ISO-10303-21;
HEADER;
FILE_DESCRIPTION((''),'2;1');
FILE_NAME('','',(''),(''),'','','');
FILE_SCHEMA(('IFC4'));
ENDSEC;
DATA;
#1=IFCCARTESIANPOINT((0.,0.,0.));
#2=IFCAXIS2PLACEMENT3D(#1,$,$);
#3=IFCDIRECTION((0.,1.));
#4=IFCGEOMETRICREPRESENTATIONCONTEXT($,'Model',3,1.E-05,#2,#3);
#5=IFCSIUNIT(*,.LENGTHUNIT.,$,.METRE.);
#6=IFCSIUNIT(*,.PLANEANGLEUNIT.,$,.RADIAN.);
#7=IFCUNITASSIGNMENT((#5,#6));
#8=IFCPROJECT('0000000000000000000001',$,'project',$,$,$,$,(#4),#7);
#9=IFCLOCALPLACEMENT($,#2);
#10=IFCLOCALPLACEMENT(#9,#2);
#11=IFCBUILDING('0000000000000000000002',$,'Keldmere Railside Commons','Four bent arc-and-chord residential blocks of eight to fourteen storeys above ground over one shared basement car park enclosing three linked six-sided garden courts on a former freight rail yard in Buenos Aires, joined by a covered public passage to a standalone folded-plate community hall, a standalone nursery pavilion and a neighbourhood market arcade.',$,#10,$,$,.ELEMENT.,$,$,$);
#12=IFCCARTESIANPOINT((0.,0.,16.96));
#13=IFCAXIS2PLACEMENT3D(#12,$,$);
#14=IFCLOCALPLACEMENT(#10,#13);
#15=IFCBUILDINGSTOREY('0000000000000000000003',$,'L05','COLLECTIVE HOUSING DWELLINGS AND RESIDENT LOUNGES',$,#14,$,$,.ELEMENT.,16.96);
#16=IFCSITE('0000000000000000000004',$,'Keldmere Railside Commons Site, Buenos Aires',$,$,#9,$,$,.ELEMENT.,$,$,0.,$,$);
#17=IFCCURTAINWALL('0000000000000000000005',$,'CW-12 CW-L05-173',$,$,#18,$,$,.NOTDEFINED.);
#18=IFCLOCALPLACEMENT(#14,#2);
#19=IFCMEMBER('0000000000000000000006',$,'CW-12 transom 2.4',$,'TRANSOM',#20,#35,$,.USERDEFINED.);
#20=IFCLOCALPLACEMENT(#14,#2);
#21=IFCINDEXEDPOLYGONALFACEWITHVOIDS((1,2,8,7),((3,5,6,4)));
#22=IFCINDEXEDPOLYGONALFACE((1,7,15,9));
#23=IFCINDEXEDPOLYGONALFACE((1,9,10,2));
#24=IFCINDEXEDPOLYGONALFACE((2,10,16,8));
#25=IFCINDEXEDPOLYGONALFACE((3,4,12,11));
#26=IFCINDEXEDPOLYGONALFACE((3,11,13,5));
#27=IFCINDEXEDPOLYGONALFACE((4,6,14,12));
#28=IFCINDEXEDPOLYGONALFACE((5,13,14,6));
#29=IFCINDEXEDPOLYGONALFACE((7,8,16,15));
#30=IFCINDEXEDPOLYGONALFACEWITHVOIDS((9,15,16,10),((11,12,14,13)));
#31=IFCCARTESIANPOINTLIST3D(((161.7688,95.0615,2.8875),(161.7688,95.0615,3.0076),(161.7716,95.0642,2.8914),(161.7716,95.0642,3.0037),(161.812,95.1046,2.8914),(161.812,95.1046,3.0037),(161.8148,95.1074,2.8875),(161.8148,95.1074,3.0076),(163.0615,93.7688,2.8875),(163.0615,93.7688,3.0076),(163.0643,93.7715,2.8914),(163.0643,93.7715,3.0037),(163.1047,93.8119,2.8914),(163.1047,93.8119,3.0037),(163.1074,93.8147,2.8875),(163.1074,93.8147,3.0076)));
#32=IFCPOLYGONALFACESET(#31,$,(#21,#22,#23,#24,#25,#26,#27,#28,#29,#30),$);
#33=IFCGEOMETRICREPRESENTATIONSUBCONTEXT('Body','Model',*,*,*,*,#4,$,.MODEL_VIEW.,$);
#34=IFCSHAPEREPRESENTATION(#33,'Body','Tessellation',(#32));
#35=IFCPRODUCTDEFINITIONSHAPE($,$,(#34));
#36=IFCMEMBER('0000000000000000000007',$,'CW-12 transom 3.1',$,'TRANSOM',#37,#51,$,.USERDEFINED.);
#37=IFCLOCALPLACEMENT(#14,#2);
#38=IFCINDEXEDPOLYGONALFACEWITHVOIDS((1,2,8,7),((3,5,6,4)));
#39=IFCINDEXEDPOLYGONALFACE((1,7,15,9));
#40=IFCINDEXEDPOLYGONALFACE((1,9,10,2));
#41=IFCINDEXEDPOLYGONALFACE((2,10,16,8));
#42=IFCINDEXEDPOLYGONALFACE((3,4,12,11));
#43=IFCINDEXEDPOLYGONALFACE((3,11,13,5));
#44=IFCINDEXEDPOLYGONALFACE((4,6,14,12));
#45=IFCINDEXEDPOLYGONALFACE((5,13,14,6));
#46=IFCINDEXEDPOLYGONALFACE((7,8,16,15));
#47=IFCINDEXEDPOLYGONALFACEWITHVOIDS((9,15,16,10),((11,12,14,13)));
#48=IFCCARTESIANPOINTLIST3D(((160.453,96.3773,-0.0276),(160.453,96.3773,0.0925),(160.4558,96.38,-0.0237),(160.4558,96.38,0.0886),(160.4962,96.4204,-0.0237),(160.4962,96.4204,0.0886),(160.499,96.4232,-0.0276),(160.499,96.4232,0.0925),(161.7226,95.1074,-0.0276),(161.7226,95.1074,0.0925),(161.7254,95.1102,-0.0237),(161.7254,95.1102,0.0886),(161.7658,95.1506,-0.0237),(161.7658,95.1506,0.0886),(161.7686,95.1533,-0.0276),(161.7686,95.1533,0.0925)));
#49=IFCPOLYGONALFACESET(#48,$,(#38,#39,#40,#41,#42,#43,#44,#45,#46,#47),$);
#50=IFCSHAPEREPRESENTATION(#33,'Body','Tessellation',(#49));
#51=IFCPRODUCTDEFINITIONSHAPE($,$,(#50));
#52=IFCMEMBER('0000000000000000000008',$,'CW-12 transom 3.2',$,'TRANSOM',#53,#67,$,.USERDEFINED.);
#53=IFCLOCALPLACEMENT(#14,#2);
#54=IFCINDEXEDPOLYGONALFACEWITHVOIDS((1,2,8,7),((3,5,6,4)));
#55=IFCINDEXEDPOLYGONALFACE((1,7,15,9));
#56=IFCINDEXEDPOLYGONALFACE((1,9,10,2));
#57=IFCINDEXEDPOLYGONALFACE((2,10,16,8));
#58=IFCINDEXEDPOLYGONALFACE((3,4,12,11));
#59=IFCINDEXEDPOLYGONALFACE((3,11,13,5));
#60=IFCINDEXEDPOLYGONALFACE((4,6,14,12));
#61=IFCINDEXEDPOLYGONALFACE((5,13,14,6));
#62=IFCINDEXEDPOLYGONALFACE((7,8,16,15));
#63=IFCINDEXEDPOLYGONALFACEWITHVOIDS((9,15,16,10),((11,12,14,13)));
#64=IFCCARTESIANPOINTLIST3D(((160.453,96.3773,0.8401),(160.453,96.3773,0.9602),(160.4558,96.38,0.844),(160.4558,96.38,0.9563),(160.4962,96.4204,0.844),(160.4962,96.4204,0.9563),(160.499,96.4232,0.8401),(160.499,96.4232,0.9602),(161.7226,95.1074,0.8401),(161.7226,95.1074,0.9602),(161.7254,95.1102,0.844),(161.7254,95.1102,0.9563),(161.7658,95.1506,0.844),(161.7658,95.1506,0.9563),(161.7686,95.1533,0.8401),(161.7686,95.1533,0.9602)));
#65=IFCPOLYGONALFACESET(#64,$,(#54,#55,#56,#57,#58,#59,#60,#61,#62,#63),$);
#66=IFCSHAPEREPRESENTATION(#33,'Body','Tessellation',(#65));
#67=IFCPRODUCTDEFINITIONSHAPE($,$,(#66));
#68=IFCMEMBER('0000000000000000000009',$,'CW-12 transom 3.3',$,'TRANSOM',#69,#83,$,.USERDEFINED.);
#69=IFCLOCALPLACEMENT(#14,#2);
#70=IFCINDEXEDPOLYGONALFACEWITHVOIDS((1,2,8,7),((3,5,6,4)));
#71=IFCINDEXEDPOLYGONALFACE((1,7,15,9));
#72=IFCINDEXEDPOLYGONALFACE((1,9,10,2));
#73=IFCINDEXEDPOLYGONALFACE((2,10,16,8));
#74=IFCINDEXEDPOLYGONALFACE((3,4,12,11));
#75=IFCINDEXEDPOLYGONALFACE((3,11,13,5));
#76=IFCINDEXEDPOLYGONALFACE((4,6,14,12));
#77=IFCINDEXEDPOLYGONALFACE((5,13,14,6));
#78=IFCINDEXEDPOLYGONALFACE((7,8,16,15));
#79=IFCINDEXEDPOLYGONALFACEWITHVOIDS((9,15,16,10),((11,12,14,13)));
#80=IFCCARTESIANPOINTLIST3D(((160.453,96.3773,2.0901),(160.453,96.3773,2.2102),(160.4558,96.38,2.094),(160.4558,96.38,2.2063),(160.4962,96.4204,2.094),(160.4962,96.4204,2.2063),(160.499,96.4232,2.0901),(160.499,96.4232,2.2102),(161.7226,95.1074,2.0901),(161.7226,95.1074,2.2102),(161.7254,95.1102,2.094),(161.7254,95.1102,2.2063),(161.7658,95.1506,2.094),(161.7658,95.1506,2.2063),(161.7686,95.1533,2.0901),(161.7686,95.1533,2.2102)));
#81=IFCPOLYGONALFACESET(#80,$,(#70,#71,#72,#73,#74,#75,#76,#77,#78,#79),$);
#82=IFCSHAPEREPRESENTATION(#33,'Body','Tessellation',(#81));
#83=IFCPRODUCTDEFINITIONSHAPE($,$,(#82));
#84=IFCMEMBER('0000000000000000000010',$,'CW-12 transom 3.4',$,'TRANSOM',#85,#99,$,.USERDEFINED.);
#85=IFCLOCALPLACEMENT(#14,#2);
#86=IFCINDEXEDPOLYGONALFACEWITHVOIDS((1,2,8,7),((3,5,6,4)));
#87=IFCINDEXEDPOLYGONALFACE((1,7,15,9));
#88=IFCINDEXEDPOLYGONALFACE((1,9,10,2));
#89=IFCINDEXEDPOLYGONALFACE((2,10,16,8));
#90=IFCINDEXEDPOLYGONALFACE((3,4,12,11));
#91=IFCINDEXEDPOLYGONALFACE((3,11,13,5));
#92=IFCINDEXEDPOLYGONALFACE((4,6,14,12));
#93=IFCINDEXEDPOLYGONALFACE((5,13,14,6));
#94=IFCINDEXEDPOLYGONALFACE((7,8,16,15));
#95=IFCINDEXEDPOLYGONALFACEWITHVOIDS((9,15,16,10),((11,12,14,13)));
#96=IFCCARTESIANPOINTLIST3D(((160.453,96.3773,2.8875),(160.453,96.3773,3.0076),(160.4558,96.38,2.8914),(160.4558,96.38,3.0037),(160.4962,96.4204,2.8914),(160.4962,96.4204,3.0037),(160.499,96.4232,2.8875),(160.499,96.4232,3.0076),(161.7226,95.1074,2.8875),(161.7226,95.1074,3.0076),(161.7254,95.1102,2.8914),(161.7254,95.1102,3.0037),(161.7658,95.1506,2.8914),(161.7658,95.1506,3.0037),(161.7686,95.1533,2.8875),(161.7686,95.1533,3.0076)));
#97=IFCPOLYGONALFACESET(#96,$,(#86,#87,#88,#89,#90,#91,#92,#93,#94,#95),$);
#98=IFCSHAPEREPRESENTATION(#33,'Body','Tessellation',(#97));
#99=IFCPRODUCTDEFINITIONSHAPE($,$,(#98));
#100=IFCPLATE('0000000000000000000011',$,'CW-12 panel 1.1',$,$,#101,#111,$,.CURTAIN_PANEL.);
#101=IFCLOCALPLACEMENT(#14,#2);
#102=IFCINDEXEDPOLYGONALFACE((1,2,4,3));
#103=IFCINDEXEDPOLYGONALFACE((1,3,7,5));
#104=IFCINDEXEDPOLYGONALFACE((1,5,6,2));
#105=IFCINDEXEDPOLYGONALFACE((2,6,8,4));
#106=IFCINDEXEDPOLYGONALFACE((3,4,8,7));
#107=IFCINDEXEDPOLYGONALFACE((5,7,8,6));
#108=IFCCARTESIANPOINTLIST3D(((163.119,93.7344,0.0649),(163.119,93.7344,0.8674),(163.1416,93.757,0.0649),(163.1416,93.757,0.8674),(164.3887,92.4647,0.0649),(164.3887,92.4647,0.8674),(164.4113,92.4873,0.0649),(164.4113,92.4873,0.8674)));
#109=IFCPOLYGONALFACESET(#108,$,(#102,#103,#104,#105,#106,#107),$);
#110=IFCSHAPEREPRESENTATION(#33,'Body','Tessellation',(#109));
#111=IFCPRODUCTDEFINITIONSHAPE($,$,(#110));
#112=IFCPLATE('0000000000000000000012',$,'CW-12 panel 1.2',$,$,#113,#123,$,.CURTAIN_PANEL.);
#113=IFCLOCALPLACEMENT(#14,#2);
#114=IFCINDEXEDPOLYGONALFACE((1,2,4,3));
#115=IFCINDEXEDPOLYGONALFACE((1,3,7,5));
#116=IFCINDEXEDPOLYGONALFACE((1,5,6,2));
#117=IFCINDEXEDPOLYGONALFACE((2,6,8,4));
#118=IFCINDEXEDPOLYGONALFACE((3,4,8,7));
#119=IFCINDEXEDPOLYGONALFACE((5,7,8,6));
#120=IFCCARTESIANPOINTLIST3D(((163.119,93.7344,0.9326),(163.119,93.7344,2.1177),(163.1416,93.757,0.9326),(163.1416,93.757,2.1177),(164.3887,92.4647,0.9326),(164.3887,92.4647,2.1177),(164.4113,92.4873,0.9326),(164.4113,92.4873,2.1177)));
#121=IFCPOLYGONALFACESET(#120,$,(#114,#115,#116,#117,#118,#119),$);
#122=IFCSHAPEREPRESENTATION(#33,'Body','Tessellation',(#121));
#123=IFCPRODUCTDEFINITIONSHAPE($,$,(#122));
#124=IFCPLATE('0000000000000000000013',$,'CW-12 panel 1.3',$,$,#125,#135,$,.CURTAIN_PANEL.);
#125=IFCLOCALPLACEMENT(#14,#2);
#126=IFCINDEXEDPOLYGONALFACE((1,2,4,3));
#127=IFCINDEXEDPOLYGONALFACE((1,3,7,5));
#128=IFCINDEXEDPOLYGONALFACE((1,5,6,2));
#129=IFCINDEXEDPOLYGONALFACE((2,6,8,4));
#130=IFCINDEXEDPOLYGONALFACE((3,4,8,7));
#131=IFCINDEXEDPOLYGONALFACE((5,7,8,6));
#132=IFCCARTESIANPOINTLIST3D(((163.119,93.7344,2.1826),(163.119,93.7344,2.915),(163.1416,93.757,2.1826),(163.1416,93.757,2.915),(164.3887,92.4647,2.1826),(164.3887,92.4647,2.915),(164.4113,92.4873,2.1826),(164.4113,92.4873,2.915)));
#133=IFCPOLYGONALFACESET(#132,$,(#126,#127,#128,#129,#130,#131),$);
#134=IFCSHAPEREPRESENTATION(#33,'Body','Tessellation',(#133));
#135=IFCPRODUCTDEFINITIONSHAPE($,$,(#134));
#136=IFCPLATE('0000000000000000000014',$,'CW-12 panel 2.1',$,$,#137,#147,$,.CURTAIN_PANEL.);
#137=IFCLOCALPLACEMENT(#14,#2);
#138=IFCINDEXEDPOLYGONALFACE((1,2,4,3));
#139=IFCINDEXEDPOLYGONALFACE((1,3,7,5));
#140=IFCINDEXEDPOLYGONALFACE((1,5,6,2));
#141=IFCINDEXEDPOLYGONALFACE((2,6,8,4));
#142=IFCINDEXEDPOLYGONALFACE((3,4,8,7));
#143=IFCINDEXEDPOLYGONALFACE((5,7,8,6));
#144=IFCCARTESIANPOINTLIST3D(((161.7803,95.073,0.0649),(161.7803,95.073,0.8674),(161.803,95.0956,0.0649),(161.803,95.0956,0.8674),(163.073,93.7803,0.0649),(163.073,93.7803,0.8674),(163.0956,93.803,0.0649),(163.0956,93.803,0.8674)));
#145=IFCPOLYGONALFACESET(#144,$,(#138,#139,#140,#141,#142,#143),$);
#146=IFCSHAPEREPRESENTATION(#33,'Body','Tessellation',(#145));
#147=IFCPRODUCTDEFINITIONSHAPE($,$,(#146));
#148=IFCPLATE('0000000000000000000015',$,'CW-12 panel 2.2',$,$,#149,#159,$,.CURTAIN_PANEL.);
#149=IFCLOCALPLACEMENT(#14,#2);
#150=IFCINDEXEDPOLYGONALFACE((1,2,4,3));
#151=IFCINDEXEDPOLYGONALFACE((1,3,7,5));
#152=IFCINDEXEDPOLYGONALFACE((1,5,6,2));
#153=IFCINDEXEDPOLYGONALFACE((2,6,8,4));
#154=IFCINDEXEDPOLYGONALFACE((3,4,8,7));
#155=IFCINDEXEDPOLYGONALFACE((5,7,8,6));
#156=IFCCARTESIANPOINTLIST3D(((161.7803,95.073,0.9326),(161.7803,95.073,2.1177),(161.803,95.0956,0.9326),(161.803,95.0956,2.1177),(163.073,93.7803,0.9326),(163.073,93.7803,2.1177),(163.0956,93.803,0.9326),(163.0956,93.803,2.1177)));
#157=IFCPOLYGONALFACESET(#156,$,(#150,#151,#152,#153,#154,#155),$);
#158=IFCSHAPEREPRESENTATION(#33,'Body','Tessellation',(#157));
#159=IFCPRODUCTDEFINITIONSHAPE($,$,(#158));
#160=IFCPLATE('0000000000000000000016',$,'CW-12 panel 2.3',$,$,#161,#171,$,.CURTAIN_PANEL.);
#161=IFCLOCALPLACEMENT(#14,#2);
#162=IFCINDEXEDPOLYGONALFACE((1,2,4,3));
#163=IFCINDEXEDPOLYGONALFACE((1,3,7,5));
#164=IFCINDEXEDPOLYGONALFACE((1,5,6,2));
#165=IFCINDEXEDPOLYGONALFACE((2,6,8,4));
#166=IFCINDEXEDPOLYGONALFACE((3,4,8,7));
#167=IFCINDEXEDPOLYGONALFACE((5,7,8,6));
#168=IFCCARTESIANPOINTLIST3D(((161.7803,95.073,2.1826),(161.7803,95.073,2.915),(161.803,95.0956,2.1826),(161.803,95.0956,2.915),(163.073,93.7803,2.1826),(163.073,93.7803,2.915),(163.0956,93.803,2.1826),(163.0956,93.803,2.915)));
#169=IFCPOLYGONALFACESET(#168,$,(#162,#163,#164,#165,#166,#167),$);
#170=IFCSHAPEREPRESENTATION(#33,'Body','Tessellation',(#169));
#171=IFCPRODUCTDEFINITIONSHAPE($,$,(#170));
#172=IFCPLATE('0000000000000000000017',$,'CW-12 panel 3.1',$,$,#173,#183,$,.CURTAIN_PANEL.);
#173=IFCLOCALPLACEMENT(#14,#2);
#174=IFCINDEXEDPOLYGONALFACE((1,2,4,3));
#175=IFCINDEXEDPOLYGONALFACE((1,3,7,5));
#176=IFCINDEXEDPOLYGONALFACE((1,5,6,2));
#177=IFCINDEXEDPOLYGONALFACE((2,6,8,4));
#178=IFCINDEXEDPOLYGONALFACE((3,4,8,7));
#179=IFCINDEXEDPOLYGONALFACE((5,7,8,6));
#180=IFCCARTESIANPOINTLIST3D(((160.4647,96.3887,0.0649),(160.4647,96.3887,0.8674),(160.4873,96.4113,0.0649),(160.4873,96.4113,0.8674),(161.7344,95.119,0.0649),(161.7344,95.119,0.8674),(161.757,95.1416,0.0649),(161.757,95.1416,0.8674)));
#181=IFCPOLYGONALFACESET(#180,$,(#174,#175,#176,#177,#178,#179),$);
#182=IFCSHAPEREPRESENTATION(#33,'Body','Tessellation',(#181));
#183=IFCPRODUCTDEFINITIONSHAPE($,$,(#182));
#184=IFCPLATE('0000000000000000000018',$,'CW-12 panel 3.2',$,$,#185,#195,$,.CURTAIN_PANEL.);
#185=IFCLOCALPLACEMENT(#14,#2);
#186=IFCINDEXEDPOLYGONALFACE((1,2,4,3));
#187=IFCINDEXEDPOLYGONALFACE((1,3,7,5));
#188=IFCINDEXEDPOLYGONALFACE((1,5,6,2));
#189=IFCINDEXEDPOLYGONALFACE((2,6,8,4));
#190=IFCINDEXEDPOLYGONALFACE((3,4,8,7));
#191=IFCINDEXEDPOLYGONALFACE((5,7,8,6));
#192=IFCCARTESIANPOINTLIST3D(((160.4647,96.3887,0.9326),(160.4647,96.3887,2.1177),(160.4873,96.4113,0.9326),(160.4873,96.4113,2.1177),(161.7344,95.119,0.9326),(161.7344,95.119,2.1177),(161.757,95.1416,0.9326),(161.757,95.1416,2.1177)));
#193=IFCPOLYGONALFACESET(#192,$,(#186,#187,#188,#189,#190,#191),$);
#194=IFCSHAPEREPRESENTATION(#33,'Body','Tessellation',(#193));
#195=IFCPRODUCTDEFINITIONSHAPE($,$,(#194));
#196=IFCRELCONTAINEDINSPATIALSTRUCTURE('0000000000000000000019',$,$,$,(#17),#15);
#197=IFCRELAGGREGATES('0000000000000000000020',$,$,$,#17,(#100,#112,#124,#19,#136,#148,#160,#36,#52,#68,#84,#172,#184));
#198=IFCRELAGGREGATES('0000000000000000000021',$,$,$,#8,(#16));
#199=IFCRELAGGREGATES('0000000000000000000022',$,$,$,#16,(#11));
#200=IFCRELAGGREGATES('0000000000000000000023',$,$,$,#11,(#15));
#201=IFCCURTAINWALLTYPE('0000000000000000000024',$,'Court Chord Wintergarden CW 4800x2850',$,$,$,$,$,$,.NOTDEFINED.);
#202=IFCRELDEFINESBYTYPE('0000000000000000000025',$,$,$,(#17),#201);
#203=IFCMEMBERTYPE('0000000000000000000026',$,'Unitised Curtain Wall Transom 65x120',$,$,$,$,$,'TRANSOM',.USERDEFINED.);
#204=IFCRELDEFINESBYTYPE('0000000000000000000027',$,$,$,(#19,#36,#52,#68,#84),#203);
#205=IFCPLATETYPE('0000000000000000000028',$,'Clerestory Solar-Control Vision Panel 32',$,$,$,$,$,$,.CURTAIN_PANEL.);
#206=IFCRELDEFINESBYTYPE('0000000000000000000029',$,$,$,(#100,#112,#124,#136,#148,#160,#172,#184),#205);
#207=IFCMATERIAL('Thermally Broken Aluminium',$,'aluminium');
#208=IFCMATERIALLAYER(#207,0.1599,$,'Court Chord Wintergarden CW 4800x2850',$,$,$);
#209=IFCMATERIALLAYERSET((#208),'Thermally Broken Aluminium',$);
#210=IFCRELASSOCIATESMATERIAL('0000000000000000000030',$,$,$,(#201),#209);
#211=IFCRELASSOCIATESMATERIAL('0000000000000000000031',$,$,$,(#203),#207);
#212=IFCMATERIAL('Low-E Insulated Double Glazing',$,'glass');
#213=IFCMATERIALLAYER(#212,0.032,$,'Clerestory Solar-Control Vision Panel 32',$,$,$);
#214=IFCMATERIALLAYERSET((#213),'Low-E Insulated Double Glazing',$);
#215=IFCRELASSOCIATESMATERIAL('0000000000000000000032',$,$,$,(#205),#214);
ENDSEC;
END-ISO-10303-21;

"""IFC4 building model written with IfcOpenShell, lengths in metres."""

from ifc_helpers import new_model, si_unit, direction, frame, origin, origin_2d, place, context, subcontext, project, spatial, rectangle, hollow_rectangle, extrude, material, layer, layer_set, material_profile, profile_set, type_object, element, aggregate, save


model = new_model("IFC4")

# Units and contexts
model_context = context("Model", 3, precision=1e-05, world=origin(), true_north=direction((0.0, 1.0)))
body_context = subcontext(model_context, "Body", "Model", "MODEL_VIEW")
ifc_project = project(units=[si_unit("LENGTHUNIT", "METRE"), si_unit("PLANEANGLEUNIT", "RADIAN")], contexts=[model_context])

# Site, building, storey
site_placement = place(None, origin())
site = spatial("IfcSite", under=ifc_project, at=site_placement, Name="Keldmere Railside Commons Site, Buenos Aires", CompositionType="ELEMENT", RefElevation=0.0)
building_placement = place(site_placement, origin())
building = spatial("IfcBuilding", under=site, at=building_placement, Name="Keldmere Railside Commons", Description="Four bent arc-and-chord residential blocks of eight to fourteen storeys above ground over one shared basement car park enclosing three linked six-sided garden courts on a former freight rail yard in Buenos Aires, joined by a covered public passage to a standalone folded-plate community hall, a standalone nursery pavilion and a neighbourhood market arcade.", CompositionType="ELEMENT")
storey_placement = place(building_placement, frame((0.0, 0.0, 16.96)))
storey = spatial("IfcBuildingStorey", under=building, at=storey_placement, Name="L05", Description="COLLECTIVE HOUSING DWELLINGS AND RESIDENT LOUNGES", CompositionType="ELEMENT", Elevation=16.96)

# Curtain wall
ifc_material_1 = material(Name="Thermally Broken Aluminium", Category="aluminium")
ifc_layer_1 = layer(ifc_material_1, 0.1599, Name="Court Chord Wintergarden CW 4800x2850")
ifc_layer_set_1 = layer_set([ifc_layer_1], Name="Thermally Broken Aluminium")
curtain_wall_type_1 = type_object("IfcCurtainWallType", Name="Court Chord Wintergarden CW 4800x2850", PredefinedType="NOTDEFINED", material=ifc_layer_set_1)
curtain_wall_1_placement = place(storey_placement, origin())
curtain_wall_1 = element("IfcCurtainWall", 1, at=curtain_wall_1_placement, inside=storey, type_object=curtain_wall_type_1, Name="CW-12 CW-L05-173", PredefinedType="NOTDEFINED")

# Members
ifc_material_profile_1 = material_profile(ifc_material_1, hollow_rectangle(XDim=0.0649, YDim=0.1201, WallThickness=0.0039, at=origin_2d()), Name="ALU-TRAN-65x120")
ifc_profile_set_1 = profile_set([ifc_material_profile_1], Name="Thermally Broken Aluminium")
member_type_1 = type_object("IfcMemberType", Name="Unitised Curtain Wall Transom 65x120", ElementType="TRANSOM", PredefinedType="USERDEFINED", material=ifc_profile_set_1)
member_1_placement = place(storey_placement, frame((163.0845, 93.7917, 2.9475), z_axis=(-0.707107, 0.707107, 0.0), x_axis=(-0.707107, -0.707107, 0.0)))
member_1 = element("IfcMember", 2, at=member_1_placement, type_object=member_type_1, Name="CW-12 transom 2.4", ObjectType="TRANSOM", PredefinedType="USERDEFINED", context=body_context, shape_type="SweptSolid", body=[
    extrude(hollow_rectangle(XDim=0.0649, YDim=0.1201, WallThickness=0.0039, at=origin_2d()), origin(), (0.0, 0.0, 1.0), 1.8281),
])
member_2_placement = place(storey_placement, frame((161.7456, 95.1304, 0.0325), z_axis=(-0.707039, 0.707175, 0.0), x_axis=(-0.707175, -0.707039, 0.0)))
member_2 = element("IfcMember", 3, at=member_2_placement, type_object=member_type_1, Name="CW-12 transom 3.1", ObjectType="TRANSOM", PredefinedType="USERDEFINED", context=body_context, shape_type="SweptSolid", body=[
    extrude(hollow_rectangle(XDim=0.0649, YDim=0.1201, WallThickness=0.0039, at=origin_2d()), origin(), (0.0, 0.0, 1.0), 1.7957),
])
member_3_placement = place(storey_placement, frame((161.7456, 95.1304, 0.9001), z_axis=(-0.707039, 0.707175, 0.0), x_axis=(-0.707175, -0.707039, 0.0)))
member_3 = element("IfcMember", 4, at=member_3_placement, type_object=member_type_1, Name="CW-12 transom 3.2", ObjectType="TRANSOM", PredefinedType="USERDEFINED", context=body_context, shape_type="SweptSolid", body=[
    extrude(hollow_rectangle(XDim=0.0649, YDim=0.1201, WallThickness=0.0039, at=origin_2d()), origin(), (0.0, 0.0, 1.0), 1.7957),
])
member_4_placement = place(storey_placement, frame((161.7456, 95.1304, 2.1501), z_axis=(-0.707039, 0.707175, 0.0), x_axis=(-0.707175, -0.707039, 0.0)))
member_4 = element("IfcMember", 5, at=member_4_placement, type_object=member_type_1, Name="CW-12 transom 3.3", ObjectType="TRANSOM", PredefinedType="USERDEFINED", context=body_context, shape_type="SweptSolid", body=[
    extrude(hollow_rectangle(XDim=0.0649, YDim=0.1201, WallThickness=0.0039, at=origin_2d()), origin(), (0.0, 0.0, 1.0), 1.7957),
])
member_5_placement = place(storey_placement, frame((161.7456, 95.1304, 2.9475), z_axis=(-0.707039, 0.707175, 0.0), x_axis=(-0.707175, -0.707039, 0.0)))
member_5 = element("IfcMember", 6, at=member_5_placement, type_object=member_type_1, Name="CW-12 transom 3.4", ObjectType="TRANSOM", PredefinedType="USERDEFINED", context=body_context, shape_type="SweptSolid", body=[
    extrude(hollow_rectangle(XDim=0.0649, YDim=0.1201, WallThickness=0.0039, at=origin_2d()), origin(), (0.0, 0.0, 1.0), 1.7957),
])

# Plates
ifc_material_2 = material(Name="Low-E Insulated Double Glazing", Category="glass")
ifc_layer_2 = layer(ifc_material_2, 0.032, Name="Clerestory Solar-Control Vision Panel 32")
ifc_layer_set_2 = layer_set([ifc_layer_2], Name="Low-E Insulated Double Glazing")
plate_type_1 = type_object("IfcPlateType", Name="Clerestory Solar-Control Vision Panel 32", PredefinedType="CURTAIN_PANEL", material=ifc_layer_set_2)
plate_1_placement = place(storey_placement, frame((163.7651, 93.1108, 0.0649), z_axis=(0.0, 0.0, 1.0), x_axis=(-0.707107, 0.707107, 0.0)))
plate_1 = element("IfcPlate", 7, at=plate_1_placement, type_object=plate_type_1, Name="CW-12 panel 1.1", PredefinedType="CURTAIN_PANEL", context=body_context, shape_type="SweptSolid", body=[
    extrude(rectangle(XDim=1.7957, YDim=0.032, at=origin_2d()), origin(), (0.0, 0.0, 1.0), 0.8025),
])
plate_2_placement = place(storey_placement, frame((163.7651, 93.1108, 0.9326), z_axis=(0.0, 0.0, 1.0), x_axis=(-0.707107, 0.707107, 0.0)))
plate_2 = element("IfcPlate", 8, at=plate_2_placement, type_object=plate_type_1, Name="CW-12 panel 1.2", PredefinedType="CURTAIN_PANEL", context=body_context, shape_type="SweptSolid", body=[
    extrude(rectangle(XDim=1.7957, YDim=0.032, at=origin_2d()), origin(), (0.0, 0.0, 1.0), 1.1851),
])
plate_3_placement = place(storey_placement, frame((163.7651, 93.1108, 2.1826), z_axis=(0.0, 0.0, 1.0), x_axis=(-0.707107, 0.707107, 0.0)))
plate_3 = element("IfcPlate", 9, at=plate_3_placement, type_object=plate_type_1, Name="CW-12 panel 1.3", PredefinedType="CURTAIN_PANEL", context=body_context, shape_type="SweptSolid", body=[
    extrude(rectangle(XDim=1.7957, YDim=0.032, at=origin_2d()), origin(), (0.0, 0.0, 1.0), 0.7324),
])
plate_4_placement = place(storey_placement, frame((162.438, 94.438, 0.0649), z_axis=(0.0, 0.0, 1.0), x_axis=(-0.707107, 0.707107, 0.0)))
plate_4 = element("IfcPlate", 10, at=plate_4_placement, type_object=plate_type_1, Name="CW-12 panel 2.1", PredefinedType="CURTAIN_PANEL", context=body_context, shape_type="SweptSolid", body=[
    extrude(rectangle(XDim=1.8281, YDim=0.032, at=origin_2d()), origin(), (0.0, 0.0, 1.0), 0.8025),
])
plate_5_placement = place(storey_placement, frame((162.438, 94.438, 0.9326), z_axis=(0.0, 0.0, 1.0), x_axis=(-0.707107, 0.707107, 0.0)))
plate_5 = element("IfcPlate", 11, at=plate_5_placement, type_object=plate_type_1, Name="CW-12 panel 2.2", PredefinedType="CURTAIN_PANEL", context=body_context, shape_type="SweptSolid", body=[
    extrude(rectangle(XDim=1.8281, YDim=0.032, at=origin_2d()), origin(), (0.0, 0.0, 1.0), 1.1851),
])
plate_6_placement = place(storey_placement, frame((162.438, 94.438, 2.1826), z_axis=(0.0, 0.0, 1.0), x_axis=(-0.707107, 0.707107, 0.0)))
plate_6 = element("IfcPlate", 12, at=plate_6_placement, type_object=plate_type_1, Name="CW-12 panel 2.3", PredefinedType="CURTAIN_PANEL", context=body_context, shape_type="SweptSolid", body=[
    extrude(rectangle(XDim=1.8281, YDim=0.032, at=origin_2d()), origin(), (0.0, 0.0, 1.0), 0.7324),
])
plate_7_placement = place(storey_placement, frame((161.1108, 95.7651, 0.0649), z_axis=(0.0, 0.0, 1.0), x_axis=(-0.707107, 0.707107, 0.0)))
plate_7 = element("IfcPlate", 13, at=plate_7_placement, type_object=plate_type_1, Name="CW-12 panel 3.1", PredefinedType="CURTAIN_PANEL", context=body_context, shape_type="SweptSolid", body=[
    extrude(rectangle(XDim=1.7957, YDim=0.032, at=origin_2d()), origin(), (0.0, 0.0, 1.0), 0.8025),
])
plate_8_placement = place(storey_placement, frame((161.1108, 95.7651, 0.9326), z_axis=(0.0, 0.0, 1.0), x_axis=(-0.707107, 0.707107, 0.0)))
plate_8 = element("IfcPlate", 14, at=plate_8_placement, type_object=plate_type_1, Name="CW-12 panel 3.2", PredefinedType="CURTAIN_PANEL", context=body_context, shape_type="SweptSolid", body=[
    extrude(rectangle(XDim=1.7957, YDim=0.032, at=origin_2d()), origin(), (0.0, 0.0, 1.0), 1.1851),
])
aggregate(curtain_wall_1, [plate_1, plate_2, plate_3, member_1, plate_4, plate_5, plate_6, member_2, member_3, member_4, member_5, plate_7, plate_8])

save(model, "model.ifc")
